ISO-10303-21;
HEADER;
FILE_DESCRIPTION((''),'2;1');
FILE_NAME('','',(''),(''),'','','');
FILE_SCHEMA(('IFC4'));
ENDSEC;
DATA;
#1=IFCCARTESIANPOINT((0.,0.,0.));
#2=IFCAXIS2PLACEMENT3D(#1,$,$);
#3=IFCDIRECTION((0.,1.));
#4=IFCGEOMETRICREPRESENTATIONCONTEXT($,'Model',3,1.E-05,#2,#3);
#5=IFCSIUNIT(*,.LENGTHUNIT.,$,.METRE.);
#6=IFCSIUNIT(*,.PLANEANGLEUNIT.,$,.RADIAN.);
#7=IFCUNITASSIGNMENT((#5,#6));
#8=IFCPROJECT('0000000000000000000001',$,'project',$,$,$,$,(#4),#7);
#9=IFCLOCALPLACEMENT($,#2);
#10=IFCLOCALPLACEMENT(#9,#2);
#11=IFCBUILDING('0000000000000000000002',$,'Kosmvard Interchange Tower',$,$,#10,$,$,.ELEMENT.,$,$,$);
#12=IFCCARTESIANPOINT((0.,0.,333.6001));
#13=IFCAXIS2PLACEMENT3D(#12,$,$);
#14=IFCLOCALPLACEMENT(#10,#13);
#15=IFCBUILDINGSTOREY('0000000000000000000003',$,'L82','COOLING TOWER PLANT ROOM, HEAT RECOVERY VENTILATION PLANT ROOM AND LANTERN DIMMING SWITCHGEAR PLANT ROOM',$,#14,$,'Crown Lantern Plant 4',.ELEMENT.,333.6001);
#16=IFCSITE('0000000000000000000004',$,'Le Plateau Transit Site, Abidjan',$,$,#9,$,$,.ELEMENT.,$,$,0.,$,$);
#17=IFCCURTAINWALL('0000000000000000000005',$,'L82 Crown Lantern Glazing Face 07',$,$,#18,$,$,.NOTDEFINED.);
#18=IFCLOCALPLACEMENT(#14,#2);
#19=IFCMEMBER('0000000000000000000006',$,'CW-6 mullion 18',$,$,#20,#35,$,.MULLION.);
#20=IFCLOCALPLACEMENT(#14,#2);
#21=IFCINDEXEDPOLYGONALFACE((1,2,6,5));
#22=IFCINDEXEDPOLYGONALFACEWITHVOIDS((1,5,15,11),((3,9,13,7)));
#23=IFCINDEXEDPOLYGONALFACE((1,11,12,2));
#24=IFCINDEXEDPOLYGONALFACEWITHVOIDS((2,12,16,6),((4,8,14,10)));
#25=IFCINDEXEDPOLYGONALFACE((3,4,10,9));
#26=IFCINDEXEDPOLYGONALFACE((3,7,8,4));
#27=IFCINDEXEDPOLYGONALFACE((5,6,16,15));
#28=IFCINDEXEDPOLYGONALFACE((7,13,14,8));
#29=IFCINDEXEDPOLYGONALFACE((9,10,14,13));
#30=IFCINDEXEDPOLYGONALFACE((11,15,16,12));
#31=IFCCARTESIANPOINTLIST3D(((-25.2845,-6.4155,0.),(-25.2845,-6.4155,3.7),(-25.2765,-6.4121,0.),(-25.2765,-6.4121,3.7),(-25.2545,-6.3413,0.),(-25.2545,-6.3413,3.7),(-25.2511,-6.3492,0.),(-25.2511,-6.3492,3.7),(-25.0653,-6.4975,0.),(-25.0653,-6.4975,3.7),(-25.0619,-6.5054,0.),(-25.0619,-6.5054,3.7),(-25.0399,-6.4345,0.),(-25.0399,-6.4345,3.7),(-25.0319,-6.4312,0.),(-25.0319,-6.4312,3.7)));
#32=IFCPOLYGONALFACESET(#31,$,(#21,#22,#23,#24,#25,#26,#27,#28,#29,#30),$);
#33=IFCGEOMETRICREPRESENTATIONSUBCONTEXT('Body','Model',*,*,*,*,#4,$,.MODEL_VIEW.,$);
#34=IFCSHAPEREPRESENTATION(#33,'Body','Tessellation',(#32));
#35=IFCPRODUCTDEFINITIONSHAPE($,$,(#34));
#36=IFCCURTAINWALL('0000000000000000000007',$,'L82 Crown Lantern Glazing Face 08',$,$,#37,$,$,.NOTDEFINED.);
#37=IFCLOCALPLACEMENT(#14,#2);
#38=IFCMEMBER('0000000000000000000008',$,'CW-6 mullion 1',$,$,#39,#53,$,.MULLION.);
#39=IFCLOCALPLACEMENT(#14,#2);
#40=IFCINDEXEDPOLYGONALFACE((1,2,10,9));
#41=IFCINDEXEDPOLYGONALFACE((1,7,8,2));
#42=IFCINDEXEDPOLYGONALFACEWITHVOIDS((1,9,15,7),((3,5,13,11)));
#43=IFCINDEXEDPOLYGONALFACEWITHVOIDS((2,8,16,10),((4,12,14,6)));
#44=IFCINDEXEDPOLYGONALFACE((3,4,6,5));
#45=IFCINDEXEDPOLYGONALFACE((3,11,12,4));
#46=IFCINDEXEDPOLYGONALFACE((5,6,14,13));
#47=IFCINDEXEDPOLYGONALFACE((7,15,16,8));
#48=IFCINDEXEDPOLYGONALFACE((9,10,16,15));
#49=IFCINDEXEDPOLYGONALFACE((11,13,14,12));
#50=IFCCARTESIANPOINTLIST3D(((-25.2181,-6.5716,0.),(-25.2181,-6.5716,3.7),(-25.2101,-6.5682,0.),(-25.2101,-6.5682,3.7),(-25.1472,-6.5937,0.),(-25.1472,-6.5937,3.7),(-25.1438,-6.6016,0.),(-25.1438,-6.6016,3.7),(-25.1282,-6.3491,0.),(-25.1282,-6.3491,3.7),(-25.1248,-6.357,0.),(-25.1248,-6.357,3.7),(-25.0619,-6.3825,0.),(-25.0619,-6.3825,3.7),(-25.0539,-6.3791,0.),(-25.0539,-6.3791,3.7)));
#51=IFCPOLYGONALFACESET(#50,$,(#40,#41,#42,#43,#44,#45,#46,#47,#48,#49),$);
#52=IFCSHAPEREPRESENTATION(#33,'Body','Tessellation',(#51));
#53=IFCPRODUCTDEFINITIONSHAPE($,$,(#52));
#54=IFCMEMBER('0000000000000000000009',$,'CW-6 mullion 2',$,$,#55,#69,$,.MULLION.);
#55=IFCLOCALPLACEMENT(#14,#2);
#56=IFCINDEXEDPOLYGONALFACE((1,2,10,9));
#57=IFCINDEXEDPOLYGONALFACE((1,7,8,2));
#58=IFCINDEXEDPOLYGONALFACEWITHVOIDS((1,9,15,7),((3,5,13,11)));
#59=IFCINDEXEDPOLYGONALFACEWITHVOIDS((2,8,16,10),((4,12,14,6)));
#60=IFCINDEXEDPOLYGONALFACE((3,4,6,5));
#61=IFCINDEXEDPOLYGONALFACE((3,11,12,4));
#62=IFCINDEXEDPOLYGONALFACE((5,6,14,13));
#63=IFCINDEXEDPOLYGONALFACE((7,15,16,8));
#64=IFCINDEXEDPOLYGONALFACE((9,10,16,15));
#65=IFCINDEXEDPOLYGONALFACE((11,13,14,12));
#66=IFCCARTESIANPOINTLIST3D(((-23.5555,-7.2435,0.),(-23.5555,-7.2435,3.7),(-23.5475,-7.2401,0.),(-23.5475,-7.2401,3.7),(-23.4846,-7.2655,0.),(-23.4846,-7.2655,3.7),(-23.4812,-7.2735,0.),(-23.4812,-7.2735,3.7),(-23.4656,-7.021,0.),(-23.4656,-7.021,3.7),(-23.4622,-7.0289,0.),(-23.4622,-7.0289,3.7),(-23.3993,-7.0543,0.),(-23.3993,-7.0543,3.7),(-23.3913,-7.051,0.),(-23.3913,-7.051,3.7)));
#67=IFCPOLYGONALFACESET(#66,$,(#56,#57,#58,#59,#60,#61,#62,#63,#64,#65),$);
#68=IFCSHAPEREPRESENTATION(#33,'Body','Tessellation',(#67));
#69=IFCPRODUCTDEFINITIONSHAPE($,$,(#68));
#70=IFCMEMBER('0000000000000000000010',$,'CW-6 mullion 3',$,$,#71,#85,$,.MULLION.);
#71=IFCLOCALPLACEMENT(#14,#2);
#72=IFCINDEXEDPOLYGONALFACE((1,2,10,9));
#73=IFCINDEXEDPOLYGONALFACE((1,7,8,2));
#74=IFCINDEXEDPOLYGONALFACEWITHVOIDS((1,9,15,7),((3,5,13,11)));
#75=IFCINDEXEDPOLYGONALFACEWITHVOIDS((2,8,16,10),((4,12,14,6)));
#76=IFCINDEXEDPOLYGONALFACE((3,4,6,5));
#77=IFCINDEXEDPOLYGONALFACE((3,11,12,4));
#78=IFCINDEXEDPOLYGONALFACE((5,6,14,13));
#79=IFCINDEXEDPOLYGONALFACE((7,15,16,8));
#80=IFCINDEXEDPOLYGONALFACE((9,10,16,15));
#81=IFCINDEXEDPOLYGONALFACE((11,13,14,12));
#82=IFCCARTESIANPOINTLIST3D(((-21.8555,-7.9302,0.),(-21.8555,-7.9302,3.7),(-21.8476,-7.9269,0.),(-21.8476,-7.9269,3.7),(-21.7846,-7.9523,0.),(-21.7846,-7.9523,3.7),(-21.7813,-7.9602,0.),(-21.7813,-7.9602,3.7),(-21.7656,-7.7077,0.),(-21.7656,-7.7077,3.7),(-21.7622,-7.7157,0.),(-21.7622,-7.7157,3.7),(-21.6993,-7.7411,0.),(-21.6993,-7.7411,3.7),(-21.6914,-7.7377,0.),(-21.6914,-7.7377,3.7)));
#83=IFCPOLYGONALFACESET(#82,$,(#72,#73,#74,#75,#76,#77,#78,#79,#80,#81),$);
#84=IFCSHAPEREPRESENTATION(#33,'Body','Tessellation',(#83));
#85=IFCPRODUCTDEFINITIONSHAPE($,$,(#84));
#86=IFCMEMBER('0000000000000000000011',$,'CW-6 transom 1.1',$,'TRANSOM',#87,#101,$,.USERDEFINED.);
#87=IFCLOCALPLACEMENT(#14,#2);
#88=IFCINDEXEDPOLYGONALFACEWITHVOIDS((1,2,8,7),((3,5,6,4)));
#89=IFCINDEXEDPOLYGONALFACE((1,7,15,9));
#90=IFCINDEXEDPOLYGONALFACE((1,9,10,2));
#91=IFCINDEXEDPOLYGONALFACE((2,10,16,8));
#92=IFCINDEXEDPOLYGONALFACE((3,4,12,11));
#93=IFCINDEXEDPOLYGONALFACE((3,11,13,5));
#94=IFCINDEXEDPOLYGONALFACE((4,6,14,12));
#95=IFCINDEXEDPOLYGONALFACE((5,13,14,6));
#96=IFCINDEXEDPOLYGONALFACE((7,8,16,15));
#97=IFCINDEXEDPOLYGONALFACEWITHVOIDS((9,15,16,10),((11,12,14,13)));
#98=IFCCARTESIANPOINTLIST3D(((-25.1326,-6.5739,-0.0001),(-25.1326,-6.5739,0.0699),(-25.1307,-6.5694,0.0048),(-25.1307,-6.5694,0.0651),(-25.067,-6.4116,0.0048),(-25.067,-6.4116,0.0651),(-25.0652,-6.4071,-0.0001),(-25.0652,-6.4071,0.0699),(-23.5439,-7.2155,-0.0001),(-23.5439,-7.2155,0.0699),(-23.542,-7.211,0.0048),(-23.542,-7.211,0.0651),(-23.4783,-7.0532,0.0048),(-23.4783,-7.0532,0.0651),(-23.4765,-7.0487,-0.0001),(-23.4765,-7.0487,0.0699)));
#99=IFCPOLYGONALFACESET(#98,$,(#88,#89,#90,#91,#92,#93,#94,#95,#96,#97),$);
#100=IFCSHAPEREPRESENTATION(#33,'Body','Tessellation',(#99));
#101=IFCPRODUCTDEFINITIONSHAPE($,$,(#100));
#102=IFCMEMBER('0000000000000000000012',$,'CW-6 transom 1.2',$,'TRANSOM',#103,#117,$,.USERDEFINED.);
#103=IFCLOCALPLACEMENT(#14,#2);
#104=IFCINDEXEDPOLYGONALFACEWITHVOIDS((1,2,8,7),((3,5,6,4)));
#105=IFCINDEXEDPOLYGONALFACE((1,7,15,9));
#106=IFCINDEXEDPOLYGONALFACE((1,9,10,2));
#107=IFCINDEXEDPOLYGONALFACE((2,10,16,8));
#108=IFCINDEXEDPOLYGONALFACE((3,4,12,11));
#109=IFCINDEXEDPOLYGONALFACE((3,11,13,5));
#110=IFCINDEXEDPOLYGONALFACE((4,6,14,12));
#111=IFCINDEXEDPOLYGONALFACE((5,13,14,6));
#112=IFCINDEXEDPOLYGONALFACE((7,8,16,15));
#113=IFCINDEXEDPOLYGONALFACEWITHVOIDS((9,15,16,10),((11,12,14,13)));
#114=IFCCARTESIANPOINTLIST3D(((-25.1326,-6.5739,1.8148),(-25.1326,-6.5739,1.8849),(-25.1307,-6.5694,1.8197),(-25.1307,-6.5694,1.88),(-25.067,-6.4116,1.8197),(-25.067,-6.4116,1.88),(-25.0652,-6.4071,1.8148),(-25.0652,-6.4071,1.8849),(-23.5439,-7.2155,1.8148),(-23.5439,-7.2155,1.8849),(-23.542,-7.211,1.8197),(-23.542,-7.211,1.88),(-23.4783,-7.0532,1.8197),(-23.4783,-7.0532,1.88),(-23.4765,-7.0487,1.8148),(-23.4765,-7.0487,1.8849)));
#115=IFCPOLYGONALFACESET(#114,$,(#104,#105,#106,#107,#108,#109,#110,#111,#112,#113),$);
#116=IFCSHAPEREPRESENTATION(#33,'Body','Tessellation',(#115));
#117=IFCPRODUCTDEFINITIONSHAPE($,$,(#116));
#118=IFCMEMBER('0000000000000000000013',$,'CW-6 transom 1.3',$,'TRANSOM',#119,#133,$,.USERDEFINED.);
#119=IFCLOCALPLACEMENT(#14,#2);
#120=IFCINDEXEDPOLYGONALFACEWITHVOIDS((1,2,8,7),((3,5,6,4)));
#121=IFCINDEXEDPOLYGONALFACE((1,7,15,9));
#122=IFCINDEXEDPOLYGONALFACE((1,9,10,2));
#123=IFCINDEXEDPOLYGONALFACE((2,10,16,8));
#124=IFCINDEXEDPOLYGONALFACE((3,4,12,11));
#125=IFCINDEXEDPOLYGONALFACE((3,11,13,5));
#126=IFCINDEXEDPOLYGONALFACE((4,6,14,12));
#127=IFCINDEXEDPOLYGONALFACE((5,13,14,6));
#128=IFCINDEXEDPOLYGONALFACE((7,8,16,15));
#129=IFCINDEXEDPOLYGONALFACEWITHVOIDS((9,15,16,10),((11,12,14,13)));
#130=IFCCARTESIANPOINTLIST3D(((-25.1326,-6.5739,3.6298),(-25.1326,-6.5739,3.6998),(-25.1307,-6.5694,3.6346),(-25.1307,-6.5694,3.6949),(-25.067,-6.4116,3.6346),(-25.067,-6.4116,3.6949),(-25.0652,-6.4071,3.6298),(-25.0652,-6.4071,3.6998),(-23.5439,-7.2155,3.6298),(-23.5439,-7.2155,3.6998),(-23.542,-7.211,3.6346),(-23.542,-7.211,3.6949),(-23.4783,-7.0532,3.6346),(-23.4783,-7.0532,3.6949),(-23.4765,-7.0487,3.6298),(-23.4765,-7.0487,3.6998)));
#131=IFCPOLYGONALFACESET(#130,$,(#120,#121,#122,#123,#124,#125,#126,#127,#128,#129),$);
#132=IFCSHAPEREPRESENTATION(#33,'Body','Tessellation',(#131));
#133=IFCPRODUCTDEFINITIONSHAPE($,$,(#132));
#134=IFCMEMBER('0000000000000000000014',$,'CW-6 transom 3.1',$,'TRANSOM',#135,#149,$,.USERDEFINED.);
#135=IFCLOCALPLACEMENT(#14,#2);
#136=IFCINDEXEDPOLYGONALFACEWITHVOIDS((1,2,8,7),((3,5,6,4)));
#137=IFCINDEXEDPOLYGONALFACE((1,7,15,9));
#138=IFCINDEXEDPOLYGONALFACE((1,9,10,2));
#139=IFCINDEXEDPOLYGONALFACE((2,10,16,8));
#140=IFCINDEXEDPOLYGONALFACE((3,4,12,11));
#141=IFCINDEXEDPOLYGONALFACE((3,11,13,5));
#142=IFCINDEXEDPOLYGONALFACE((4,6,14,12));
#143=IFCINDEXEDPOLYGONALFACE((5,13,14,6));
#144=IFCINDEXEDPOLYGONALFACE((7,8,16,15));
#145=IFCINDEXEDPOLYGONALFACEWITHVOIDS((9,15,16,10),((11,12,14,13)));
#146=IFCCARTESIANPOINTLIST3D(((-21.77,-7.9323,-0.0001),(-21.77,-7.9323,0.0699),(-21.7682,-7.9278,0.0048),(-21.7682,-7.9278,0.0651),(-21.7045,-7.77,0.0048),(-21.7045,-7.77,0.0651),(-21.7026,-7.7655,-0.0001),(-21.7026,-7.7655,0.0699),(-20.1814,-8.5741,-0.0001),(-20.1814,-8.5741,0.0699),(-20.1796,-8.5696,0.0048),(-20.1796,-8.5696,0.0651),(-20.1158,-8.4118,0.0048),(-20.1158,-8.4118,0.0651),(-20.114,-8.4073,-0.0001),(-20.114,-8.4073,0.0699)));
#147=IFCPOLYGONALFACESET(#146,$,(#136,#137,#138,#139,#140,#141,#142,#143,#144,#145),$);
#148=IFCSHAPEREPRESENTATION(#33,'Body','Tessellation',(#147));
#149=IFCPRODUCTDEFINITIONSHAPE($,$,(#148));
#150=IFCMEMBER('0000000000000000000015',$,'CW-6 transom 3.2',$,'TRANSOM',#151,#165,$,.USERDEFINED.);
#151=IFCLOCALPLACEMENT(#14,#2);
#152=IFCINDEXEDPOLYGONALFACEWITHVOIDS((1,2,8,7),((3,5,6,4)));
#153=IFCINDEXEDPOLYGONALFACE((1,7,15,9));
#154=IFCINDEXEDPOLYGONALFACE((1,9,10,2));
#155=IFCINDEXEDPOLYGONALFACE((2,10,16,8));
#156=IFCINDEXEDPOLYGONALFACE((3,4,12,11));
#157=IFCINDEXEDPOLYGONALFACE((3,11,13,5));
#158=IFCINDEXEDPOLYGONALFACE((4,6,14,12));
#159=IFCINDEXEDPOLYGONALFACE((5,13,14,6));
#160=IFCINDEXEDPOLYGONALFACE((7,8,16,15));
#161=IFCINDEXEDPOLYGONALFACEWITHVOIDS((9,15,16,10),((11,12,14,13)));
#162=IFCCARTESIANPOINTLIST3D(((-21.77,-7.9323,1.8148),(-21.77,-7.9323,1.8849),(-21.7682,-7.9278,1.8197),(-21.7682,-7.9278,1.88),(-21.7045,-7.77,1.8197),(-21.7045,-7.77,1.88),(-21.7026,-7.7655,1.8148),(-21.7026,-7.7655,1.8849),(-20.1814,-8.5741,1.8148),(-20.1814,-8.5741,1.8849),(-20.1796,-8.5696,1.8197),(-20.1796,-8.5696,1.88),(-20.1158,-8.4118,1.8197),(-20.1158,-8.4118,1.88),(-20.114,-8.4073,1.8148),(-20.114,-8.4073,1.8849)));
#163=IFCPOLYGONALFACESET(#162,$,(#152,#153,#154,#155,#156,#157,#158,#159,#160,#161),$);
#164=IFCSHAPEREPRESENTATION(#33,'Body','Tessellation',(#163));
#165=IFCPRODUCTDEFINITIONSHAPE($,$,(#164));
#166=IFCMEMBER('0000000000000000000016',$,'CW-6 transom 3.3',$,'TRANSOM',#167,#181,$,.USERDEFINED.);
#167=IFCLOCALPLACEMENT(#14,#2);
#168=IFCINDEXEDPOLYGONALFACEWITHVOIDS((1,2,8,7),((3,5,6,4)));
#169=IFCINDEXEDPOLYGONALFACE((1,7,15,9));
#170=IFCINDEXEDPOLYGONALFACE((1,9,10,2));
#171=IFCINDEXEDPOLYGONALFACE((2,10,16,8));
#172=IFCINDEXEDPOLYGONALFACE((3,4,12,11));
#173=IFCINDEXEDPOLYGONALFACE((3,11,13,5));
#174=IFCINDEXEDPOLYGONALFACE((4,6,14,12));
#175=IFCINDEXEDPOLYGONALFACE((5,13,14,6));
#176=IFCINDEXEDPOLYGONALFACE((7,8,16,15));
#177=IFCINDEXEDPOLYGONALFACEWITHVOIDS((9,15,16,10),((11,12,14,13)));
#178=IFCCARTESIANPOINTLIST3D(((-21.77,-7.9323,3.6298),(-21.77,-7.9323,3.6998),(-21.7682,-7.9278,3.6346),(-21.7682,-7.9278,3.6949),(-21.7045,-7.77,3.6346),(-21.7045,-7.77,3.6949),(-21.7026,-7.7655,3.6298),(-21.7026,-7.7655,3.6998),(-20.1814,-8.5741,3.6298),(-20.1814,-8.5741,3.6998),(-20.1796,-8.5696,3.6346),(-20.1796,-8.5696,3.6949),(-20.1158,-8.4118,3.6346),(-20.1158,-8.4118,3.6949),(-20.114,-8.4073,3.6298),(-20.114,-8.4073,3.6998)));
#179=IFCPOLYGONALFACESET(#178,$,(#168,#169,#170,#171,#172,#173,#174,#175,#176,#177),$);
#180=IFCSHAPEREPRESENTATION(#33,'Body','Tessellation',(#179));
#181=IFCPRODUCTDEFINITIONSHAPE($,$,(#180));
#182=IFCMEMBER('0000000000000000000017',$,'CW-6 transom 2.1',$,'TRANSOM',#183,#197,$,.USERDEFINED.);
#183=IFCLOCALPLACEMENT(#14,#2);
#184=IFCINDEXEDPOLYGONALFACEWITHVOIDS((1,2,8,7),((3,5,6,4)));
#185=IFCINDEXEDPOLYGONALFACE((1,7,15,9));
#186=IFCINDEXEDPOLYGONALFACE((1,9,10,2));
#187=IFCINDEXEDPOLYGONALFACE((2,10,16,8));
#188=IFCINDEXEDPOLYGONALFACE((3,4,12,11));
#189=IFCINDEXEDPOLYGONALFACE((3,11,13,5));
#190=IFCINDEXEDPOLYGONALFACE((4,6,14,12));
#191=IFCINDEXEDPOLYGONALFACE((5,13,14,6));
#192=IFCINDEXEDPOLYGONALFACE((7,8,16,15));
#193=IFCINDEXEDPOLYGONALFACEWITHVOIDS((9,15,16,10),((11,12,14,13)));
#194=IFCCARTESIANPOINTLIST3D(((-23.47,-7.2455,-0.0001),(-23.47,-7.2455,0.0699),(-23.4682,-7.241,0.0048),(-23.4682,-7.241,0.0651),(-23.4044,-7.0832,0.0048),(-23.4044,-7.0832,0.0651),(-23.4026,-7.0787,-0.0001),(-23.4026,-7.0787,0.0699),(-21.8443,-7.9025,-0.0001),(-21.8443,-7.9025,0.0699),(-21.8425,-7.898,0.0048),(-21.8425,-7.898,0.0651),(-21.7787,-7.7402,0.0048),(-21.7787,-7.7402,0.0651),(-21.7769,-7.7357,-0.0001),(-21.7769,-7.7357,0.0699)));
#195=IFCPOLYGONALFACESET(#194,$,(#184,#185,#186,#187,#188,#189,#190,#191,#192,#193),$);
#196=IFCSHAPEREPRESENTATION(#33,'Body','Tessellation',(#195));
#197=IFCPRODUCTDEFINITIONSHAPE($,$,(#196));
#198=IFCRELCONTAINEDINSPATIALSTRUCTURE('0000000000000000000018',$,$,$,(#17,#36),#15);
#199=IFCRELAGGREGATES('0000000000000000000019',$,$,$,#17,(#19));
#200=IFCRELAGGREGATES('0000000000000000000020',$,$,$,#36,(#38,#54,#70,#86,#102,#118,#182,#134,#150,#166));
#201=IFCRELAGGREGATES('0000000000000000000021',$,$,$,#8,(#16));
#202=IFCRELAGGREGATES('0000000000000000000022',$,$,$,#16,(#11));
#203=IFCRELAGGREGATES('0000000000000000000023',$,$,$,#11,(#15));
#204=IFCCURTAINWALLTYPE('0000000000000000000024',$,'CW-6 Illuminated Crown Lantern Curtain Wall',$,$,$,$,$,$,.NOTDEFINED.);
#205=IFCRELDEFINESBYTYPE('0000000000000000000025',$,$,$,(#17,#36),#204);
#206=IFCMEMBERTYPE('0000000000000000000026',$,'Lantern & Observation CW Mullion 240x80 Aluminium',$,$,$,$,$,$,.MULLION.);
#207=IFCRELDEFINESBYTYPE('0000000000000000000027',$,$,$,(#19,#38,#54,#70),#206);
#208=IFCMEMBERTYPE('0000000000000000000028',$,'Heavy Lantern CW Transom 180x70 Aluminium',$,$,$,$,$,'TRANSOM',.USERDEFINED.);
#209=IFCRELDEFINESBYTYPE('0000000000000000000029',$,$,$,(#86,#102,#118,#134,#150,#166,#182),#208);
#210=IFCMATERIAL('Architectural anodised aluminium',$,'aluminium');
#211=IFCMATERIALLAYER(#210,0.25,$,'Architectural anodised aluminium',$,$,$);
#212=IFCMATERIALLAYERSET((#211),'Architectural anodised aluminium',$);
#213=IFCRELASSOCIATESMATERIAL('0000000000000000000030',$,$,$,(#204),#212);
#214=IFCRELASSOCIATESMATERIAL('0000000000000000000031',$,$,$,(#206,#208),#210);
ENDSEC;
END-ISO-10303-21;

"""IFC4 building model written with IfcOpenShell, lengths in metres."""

from ifc_helpers import new_model, si_unit, direction, frame, origin, origin_2d, place, context, subcontext, project, spatial, hollow_rectangle, extrude, source, transform, mapped, material, layer, layer_set, material_profile, profile_set, type_object, element, aggregate, save


model = new_model("IFC4")

# Units and contexts
model_context = context("Model", 3, precision=1e-05, world=origin(), true_north=direction((0.0, 1.0)))
body_context = subcontext(model_context, "Body", "Model", "MODEL_VIEW")
ifc_project = project(units=[si_unit("LENGTHUNIT", "METRE"), si_unit("PLANEANGLEUNIT", "RADIAN")], contexts=[model_context])

# Site, building, storey
site_placement = place(None, origin())
site = spatial("IfcSite", under=ifc_project, at=site_placement, Name="Le Plateau Transit Site, Abidjan", CompositionType="ELEMENT", RefElevation=0.0)
building_placement = place(site_placement, origin())
building = spatial("IfcBuilding", under=site, at=building_placement, Name="Kosmvard Interchange Tower", CompositionType="ELEMENT")
storey_placement = place(building_placement, frame((0.0, 0.0, 333.6001)))
storey = spatial("IfcBuildingStorey", under=building, at=storey_placement, Name="L82", Description="COOLING TOWER PLANT ROOM, HEAT RECOVERY VENTILATION PLANT ROOM AND LANTERN DIMMING SWITCHGEAR PLANT ROOM", LongName="Crown Lantern Plant 4", CompositionType="ELEMENT", Elevation=333.6001)

# Curtain wall, member
ifc_material_1 = material(Name="Architectural anodised aluminium", Category="aluminium")
ifc_layer_1 = layer(ifc_material_1, 0.25, Name="Architectural anodised aluminium")
ifc_layer_set_1 = layer_set([ifc_layer_1], Name="Architectural anodised aluminium")
curtain_wall_type = type_object("IfcCurtainWallType", Name="CW-6 Illuminated Crown Lantern Curtain Wall", PredefinedType="NOTDEFINED", material=ifc_layer_set_1)
curtain_wall_1_placement = place(storey_placement, origin())
curtain_wall_1 = element("IfcCurtainWall", 1, at=curtain_wall_1_placement, inside=storey, type_object=curtain_wall_type, Name="L82 Crown Lantern Glazing Face 07", PredefinedType="NOTDEFINED")
ifc_material_profile_1 = material_profile(ifc_material_1, hollow_rectangle(XDim=0.24, YDim=0.0801, WallThickness=0.0061, at=origin_2d()), Name="CWM 240x80x6")
ifc_profile_set_1 = profile_set([ifc_material_profile_1], Name="Architectural anodised aluminium")
member_type_1 = type_object("IfcMemberType", Name="Lantern & Observation CW Mullion 240x80 Aluminium", PredefinedType="MULLION", material=ifc_profile_set_1)
shared_shape_1 = source(origin(), body_context, "Body", "SweptSolid", [
    extrude(hollow_rectangle(XDim=0.24, YDim=0.0801, WallThickness=0.0061, at=origin_2d()), origin(), (0.0, 0.0, 1.0), 3.7),
])
member_1_placement = place(storey_placement, frame((-25.1582, -6.4233, 0.0), z_axis=(0.0, 0.0, 1.0), x_axis=(0.927184, -0.374607, 0.0)))
member_1 = element("IfcMember", 2, at=member_1_placement, type_object=member_type_1, Name="CW-6 mullion 18", PredefinedType="MULLION", context=body_context, shape_type="MappedRepresentation", body=[
    mapped(shared_shape_1, transform((0.0, 0.0, 0.0), scale=1.0)),
])

# Curtain wall, members
curtain_wall_2_placement = place(storey_placement, origin())
curtain_wall_2 = element("IfcCurtainWall", 3, at=curtain_wall_2_placement, inside=storey, type_object=curtain_wall_type, Name="L82 Crown Lantern Glazing Face 08", PredefinedType="NOTDEFINED")
member_2_placement = place(storey_placement, frame((-25.136, -6.4753, 0.0), z_axis=(0.0, 0.0, 1.0), x_axis=(0.374607, 0.927184, 0.0)))
member_2 = element("IfcMember", 4, at=member_2_placement, type_object=member_type_1, Name="CW-6 mullion 1", PredefinedType="MULLION", context=body_context, shape_type="MappedRepresentation", body=[
    mapped(shared_shape_1, transform((0.0, 0.0, 0.0), scale=1.0)),
])
member_3_placement = place(storey_placement, frame((-23.4734, -7.1472, 0.0), z_axis=(0.0, 0.0, 1.0), x_axis=(0.374607, 0.927184, 0.0)))
member_3 = element("IfcMember", 5, at=member_3_placement, type_object=member_type_1, Name="CW-6 mullion 2", PredefinedType="MULLION", context=body_context, shape_type="MappedRepresentation", body=[
    mapped(shared_shape_1, transform((0.0, 0.0, 0.0), scale=1.0)),
])
member_4_placement = place(storey_placement, frame((-21.7734, -7.834, 0.0), z_axis=(0.0, 0.0, 1.0), x_axis=(0.374607, 0.927184, 0.0)))
member_4 = element("IfcMember", 6, at=member_4_placement, type_object=member_type_1, Name="CW-6 mullion 3", PredefinedType="MULLION", context=body_context, shape_type="MappedRepresentation", body=[
    mapped(shared_shape_1, transform((0.0, 0.0, 0.0), scale=1.0)),
])
ifc_material_profile_2 = material_profile(ifc_material_1, hollow_rectangle(XDim=0.1799, YDim=0.0701, WallThickness=0.0049, at=origin_2d()), Name="CWT 180x70x5")
ifc_profile_set_2 = profile_set([ifc_material_profile_2], Name="Architectural anodised aluminium")
member_type_2 = type_object("IfcMemberType", Name="Heavy Lantern CW Transom 180x70 Aluminium", ElementType="TRANSOM", PredefinedType="USERDEFINED", material=ifc_profile_set_2)
shared_shape_2 = source(origin(), body_context, "Body", "SweptSolid", [
    extrude(hollow_rectangle(XDim=0.1799, YDim=0.0701, WallThickness=0.0049, at=origin_2d()), origin(), (0.0, 0.0, 1.0), 1.7134),
])
member_5_placement = place(storey_placement, frame((-25.0989, -6.4905, 0.0349), z_axis=(0.927233, -0.374484, 0.0), x_axis=(0.374484, 0.927233, 0.0)))
member_5 = element("IfcMember", 7, at=member_5_placement, type_object=member_type_2, Name="CW-6 transom 1.1", ObjectType="TRANSOM", PredefinedType="USERDEFINED", context=body_context, shape_type="MappedRepresentation", body=[
    mapped(shared_shape_2, transform((0.0, 0.0, 0.0), scale=1.0)),
])
member_6_placement = place(storey_placement, frame((-25.0989, -6.4905, 1.8499), z_axis=(0.927233, -0.374484, 0.0), x_axis=(0.374484, 0.927233, 0.0)))
member_6 = element("IfcMember", 8, at=member_6_placement, type_object=member_type_2, Name="CW-6 transom 1.2", ObjectType="TRANSOM", PredefinedType="USERDEFINED", context=body_context, shape_type="MappedRepresentation", body=[
    mapped(shared_shape_2, transform((0.0, 0.0, 0.0), scale=1.0)),
])
member_7_placement = place(storey_placement, frame((-25.0989, -6.4905, 3.6648), z_axis=(0.927233, -0.374484, 0.0), x_axis=(0.374484, 0.927233, 0.0)))
member_7 = element("IfcMember", 9, at=member_7_placement, type_object=member_type_2, Name="CW-6 transom 1.3", ObjectType="TRANSOM", PredefinedType="USERDEFINED", context=body_context, shape_type="MappedRepresentation", body=[
    mapped(shared_shape_2, transform((0.0, 0.0, 0.0), scale=1.0)),
])
member_8_placement = place(storey_placement, frame((-21.7363, -7.8489, 0.0349), z_axis=(0.927184, -0.374607, 0.0), x_axis=(0.374607, 0.927184, 0.0)))
member_8 = element("IfcMember", 10, at=member_8_placement, type_object=member_type_2, Name="CW-6 transom 3.1", ObjectType="TRANSOM", PredefinedType="USERDEFINED", context=body_context, shape_type="MappedRepresentation", body=[
    mapped(shared_shape_2, transform((0.0, 0.0, 0.0), scale=1.0)),
])
member_9_placement = place(storey_placement, frame((-21.7363, -7.8489, 1.8499), z_axis=(0.927184, -0.374607, 0.0), x_axis=(0.374607, 0.927184, 0.0)))
member_9 = element("IfcMember", 11, at=member_9_placement, type_object=member_type_2, Name="CW-6 transom 3.2", ObjectType="TRANSOM", PredefinedType="USERDEFINED", context=body_context, shape_type="MappedRepresentation", body=[
    mapped(shared_shape_2, transform((0.0, 0.0, 0.0), scale=1.0)),
])
member_10_placement = place(storey_placement, frame((-21.7363, -7.8489, 3.6648), z_axis=(0.927184, -0.374607, 0.0), x_axis=(0.374607, 0.927184, 0.0)))
member_10 = element("IfcMember", 12, at=member_10_placement, type_object=member_type_2, Name="CW-6 transom 3.3", ObjectType="TRANSOM", PredefinedType="USERDEFINED", context=body_context, shape_type="MappedRepresentation", body=[
    mapped(shared_shape_2, transform((0.0, 0.0, 0.0), scale=1.0)),
])
shared_shape_3 = source(origin(), body_context, "Body", "SweptSolid", [
    extrude(hollow_rectangle(XDim=0.1799, YDim=0.0701, WallThickness=0.0049, at=origin_2d()), origin(), (0.0, 0.0, 1.0), 1.7534),
])
member_11_placement = place(storey_placement, frame((-23.4363, -7.1621, 0.0349), z_axis=(0.927155, -0.374677, 0.0), x_axis=(0.374677, 0.927155, 0.0)))
member_11 = element("IfcMember", 13, at=member_11_placement, type_object=member_type_2, Name="CW-6 transom 2.1", ObjectType="TRANSOM", PredefinedType="USERDEFINED", context=body_context, shape_type="MappedRepresentation", body=[
    mapped(shared_shape_3, transform((0.0, 0.0, 0.0), scale=1.0)),
])

aggregate(curtain_wall_1, [member_1])
aggregate(curtain_wall_2, [member_2, member_3, member_4, member_5, member_6, member_7, member_11, member_8, member_9, member_10])

save(model, "model.ifc")
